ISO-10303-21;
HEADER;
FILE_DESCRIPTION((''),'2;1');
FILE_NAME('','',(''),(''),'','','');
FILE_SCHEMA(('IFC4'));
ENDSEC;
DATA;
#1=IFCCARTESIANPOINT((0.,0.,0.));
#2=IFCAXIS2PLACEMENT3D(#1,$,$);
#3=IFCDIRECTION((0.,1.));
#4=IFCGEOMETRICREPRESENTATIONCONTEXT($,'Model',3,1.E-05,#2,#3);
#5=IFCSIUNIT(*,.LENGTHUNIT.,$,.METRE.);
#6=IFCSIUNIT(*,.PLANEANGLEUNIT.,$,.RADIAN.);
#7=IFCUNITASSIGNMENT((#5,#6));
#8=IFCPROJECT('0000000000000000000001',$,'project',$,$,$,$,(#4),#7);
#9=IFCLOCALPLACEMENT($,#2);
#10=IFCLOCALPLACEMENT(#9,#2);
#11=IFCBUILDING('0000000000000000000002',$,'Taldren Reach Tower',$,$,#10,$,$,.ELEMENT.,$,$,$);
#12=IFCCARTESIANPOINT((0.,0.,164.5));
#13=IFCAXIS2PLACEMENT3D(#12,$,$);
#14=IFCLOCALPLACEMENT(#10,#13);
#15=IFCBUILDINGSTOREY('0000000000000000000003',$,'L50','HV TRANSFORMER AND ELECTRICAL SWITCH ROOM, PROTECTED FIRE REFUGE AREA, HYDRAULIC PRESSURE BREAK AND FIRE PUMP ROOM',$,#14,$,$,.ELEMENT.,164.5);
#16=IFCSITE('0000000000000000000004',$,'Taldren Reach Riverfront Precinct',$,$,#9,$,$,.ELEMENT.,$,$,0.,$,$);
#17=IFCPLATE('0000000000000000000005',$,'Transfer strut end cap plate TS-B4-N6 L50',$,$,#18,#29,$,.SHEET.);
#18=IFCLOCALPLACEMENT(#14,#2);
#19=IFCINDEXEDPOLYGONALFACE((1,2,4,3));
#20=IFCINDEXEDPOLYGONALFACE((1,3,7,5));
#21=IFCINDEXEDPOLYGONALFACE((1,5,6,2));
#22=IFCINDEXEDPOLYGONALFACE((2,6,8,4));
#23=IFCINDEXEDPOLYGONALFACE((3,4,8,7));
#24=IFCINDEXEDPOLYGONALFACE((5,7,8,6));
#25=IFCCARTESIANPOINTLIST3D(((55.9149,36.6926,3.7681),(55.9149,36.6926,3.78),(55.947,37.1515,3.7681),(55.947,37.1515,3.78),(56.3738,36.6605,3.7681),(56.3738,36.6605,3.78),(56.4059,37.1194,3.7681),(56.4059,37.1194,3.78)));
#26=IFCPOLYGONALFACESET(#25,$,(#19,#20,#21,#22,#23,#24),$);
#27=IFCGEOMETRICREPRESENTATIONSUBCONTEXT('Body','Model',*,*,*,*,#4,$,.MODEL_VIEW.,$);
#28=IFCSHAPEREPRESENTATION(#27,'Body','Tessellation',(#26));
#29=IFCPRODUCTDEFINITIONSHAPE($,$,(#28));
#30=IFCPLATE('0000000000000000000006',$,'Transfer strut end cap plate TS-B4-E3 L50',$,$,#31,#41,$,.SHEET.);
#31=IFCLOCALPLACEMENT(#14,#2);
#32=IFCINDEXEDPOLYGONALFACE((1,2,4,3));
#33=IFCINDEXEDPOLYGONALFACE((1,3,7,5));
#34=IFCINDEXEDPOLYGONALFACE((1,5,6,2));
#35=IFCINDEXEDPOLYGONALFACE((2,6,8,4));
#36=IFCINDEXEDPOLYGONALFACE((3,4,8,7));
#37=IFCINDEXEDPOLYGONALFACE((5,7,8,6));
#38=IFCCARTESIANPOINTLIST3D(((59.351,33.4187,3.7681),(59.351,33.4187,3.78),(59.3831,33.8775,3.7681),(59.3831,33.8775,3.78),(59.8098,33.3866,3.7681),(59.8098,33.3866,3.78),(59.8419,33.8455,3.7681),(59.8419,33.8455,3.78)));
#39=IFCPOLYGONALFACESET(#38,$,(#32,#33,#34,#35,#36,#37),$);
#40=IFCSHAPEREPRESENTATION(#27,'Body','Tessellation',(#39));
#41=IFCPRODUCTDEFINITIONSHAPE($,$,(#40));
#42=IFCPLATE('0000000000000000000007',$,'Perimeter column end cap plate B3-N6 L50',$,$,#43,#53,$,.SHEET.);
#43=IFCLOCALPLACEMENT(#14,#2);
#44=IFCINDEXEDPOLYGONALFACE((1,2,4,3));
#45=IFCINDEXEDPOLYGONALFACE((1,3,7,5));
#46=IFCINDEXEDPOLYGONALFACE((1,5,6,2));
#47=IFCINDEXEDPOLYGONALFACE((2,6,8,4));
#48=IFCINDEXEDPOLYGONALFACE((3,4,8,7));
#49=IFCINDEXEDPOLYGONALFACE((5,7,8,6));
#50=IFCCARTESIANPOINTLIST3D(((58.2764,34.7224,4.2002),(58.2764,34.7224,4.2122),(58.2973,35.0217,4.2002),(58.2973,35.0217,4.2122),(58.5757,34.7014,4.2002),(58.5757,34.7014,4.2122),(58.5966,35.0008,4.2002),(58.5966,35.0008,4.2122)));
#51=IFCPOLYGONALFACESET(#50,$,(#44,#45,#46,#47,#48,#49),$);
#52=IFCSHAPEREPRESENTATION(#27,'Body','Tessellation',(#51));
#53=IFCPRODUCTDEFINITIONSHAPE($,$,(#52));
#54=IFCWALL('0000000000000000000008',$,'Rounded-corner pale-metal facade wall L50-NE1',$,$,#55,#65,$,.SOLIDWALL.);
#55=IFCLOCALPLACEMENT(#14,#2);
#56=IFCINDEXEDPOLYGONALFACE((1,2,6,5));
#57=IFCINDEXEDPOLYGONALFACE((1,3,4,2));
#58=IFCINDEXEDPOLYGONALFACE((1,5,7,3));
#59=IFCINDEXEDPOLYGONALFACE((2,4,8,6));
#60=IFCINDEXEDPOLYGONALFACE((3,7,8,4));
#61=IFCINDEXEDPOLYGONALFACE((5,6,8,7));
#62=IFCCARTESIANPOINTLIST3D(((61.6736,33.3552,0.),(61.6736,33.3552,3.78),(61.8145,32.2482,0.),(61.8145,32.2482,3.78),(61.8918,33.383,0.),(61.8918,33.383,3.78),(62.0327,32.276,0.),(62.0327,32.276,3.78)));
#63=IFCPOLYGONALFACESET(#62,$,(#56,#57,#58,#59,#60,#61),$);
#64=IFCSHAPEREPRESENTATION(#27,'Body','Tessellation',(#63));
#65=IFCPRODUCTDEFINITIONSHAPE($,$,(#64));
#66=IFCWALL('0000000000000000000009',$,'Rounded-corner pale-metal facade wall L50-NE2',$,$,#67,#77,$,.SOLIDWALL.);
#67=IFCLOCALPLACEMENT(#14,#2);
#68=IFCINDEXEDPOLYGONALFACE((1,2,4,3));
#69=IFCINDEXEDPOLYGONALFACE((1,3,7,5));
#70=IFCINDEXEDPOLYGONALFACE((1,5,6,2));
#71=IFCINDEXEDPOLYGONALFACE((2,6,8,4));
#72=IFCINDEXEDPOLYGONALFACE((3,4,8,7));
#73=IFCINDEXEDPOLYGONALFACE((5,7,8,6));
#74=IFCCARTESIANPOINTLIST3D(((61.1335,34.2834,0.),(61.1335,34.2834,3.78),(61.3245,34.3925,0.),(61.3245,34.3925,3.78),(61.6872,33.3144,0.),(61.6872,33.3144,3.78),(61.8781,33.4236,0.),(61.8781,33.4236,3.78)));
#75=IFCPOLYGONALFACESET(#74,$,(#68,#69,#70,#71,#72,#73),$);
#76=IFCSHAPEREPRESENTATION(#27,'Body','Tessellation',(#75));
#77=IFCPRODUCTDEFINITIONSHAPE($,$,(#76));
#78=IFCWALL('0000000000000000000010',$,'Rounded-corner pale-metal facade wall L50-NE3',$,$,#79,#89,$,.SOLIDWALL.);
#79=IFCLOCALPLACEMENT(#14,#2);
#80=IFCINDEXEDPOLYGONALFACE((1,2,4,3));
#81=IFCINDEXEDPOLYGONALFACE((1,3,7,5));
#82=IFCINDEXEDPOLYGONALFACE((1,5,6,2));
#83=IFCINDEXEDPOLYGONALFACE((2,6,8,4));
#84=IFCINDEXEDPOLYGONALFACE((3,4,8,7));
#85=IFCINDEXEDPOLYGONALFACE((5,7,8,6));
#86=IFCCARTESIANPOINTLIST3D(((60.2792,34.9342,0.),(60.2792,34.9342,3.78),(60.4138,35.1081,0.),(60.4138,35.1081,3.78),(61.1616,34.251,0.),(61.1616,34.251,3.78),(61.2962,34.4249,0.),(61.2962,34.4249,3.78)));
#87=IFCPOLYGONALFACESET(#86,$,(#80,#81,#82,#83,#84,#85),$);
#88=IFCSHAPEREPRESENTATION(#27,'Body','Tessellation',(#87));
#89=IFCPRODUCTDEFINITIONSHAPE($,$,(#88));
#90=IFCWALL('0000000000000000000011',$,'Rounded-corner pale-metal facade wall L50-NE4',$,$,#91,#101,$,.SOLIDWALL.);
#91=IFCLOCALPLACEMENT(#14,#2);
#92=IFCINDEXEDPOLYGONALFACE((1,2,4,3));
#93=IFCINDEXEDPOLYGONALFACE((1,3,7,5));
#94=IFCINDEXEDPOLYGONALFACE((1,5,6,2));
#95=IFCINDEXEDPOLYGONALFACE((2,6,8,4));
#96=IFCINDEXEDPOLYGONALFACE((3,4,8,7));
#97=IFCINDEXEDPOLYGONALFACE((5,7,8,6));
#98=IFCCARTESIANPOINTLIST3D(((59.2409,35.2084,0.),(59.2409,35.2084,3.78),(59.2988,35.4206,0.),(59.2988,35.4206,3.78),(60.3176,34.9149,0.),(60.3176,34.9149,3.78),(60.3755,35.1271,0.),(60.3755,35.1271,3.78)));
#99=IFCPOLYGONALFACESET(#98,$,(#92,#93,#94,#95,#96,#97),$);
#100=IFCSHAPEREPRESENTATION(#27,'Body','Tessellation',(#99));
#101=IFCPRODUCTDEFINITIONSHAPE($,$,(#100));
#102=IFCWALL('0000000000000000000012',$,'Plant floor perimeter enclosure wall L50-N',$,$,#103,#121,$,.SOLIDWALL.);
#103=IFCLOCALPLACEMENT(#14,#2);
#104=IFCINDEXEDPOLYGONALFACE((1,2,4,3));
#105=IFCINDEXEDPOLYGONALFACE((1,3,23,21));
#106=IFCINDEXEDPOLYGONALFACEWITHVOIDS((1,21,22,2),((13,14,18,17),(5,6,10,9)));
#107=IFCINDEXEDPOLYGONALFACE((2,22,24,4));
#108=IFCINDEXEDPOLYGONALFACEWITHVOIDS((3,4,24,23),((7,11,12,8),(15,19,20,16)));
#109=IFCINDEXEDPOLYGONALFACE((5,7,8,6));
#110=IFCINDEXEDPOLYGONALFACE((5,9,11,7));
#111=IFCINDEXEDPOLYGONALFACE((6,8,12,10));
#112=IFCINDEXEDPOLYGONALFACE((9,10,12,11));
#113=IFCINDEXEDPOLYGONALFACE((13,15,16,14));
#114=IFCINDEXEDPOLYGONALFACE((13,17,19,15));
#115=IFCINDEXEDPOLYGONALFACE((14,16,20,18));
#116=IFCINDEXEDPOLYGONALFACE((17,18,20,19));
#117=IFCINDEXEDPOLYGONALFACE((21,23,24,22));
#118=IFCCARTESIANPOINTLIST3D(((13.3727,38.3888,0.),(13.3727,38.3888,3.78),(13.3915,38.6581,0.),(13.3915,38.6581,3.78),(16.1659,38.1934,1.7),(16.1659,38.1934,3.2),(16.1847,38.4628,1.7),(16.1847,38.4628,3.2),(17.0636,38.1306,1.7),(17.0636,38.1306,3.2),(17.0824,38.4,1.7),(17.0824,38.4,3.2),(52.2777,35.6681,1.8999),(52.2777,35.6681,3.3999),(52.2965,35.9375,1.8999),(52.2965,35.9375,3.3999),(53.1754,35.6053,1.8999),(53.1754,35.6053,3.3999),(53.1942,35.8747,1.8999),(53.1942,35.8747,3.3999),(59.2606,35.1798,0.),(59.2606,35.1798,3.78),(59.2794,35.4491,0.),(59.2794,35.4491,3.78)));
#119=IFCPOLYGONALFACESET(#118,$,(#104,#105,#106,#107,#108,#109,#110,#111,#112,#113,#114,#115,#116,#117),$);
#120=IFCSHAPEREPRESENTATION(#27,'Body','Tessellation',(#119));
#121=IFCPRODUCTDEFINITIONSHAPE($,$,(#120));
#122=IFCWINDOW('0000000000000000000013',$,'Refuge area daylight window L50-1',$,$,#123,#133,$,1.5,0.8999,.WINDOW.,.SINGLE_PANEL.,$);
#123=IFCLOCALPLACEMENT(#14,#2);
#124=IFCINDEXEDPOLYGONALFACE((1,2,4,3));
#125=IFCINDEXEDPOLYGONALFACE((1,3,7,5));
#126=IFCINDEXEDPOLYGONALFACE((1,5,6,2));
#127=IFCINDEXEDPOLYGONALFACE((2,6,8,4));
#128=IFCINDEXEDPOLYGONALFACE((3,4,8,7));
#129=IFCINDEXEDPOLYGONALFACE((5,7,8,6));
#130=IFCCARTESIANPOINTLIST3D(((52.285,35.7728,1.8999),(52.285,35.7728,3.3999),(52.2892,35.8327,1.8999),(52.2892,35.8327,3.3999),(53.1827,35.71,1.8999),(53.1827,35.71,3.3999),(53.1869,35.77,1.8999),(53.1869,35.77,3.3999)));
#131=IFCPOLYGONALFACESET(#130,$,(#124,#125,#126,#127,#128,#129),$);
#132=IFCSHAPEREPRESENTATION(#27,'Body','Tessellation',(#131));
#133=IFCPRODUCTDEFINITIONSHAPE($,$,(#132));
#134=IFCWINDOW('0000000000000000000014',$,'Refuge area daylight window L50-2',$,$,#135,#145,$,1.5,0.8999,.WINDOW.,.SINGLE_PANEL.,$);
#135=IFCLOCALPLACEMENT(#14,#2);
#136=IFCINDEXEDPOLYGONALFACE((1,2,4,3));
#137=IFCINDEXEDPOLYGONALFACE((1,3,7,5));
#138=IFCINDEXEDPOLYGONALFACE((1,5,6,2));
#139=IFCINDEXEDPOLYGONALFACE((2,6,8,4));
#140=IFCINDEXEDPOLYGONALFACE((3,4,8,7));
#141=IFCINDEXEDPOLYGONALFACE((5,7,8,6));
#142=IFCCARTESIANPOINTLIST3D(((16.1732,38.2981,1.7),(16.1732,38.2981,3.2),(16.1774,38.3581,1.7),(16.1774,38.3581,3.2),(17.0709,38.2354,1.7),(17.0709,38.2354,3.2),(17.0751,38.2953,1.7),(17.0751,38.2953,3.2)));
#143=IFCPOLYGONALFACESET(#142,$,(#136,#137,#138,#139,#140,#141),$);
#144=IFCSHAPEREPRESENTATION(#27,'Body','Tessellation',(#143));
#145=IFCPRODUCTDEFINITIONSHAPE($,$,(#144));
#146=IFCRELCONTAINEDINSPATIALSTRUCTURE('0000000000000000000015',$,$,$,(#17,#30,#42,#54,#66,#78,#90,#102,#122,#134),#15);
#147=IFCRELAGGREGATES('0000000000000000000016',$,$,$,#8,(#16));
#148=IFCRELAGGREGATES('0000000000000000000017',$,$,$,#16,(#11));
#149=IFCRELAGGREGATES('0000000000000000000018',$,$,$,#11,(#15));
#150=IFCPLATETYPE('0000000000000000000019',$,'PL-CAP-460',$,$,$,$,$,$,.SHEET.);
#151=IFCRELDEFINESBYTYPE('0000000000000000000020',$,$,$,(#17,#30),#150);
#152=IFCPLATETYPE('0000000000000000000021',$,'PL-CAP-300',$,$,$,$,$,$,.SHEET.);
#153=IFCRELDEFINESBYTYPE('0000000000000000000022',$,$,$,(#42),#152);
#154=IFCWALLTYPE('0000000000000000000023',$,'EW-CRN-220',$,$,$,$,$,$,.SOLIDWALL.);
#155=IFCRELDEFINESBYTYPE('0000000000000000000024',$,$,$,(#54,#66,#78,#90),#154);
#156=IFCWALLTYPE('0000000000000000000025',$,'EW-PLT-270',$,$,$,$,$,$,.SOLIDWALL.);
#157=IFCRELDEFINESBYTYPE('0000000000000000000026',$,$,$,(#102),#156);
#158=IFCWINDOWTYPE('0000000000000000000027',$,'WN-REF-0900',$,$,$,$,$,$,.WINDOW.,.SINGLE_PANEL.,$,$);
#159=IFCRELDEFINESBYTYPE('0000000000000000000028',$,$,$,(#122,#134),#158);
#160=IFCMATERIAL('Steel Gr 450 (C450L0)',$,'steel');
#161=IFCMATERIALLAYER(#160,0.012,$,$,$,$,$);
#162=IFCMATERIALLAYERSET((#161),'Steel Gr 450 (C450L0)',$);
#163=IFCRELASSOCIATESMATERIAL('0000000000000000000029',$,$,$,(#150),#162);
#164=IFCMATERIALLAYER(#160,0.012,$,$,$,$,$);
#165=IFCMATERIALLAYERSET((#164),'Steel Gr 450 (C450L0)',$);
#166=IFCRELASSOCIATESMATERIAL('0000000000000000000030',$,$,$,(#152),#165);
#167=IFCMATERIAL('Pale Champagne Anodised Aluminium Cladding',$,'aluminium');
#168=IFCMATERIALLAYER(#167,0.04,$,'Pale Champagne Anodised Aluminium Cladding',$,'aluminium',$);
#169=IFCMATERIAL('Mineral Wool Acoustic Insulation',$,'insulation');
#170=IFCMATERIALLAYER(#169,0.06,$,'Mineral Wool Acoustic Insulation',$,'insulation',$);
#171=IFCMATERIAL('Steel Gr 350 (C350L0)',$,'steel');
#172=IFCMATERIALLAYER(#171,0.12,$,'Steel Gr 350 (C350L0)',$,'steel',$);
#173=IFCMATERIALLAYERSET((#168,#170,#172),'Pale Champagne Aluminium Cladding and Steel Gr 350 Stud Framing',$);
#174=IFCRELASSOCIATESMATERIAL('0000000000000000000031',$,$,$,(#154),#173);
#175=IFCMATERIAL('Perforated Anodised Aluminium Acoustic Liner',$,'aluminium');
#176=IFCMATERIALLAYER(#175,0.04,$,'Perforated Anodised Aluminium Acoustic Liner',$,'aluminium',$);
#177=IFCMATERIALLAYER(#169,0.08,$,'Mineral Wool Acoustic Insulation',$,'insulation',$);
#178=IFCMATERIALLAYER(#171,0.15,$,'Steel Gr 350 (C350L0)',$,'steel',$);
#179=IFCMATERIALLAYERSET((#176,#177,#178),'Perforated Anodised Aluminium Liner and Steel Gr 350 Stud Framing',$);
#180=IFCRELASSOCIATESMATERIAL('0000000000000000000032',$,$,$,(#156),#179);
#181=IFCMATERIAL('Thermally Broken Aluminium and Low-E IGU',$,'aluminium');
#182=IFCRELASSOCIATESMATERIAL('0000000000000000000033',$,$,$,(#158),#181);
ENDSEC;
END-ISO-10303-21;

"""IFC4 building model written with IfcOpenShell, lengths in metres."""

from ifc_helpers import new_model, si_unit, direction, frame, frame_2d, origin, origin_2d, place, context, subcontext, project, spatial, rectangle, extrude, source, transform, mapped, material, layer, layer_set, type_object, element, fill, save


model = new_model("IFC4")

# Units and contexts
model_context = context("Model", 3, precision=1e-05, world=origin(), true_north=direction((0.0, 1.0)))
body_context = subcontext(model_context, "Body", "Model", "MODEL_VIEW")
ifc_project = project(units=[si_unit("LENGTHUNIT", "METRE"), si_unit("PLANEANGLEUNIT", "RADIAN")], contexts=[model_context])

# Site, building, storey
site_placement = place(None, origin())
site = spatial("IfcSite", under=ifc_project, at=site_placement, Name="Taldren Reach Riverfront Precinct", CompositionType="ELEMENT", RefElevation=0.0)
building_placement = place(site_placement, origin())
building = spatial("IfcBuilding", under=site, at=building_placement, Name="Taldren Reach Tower", CompositionType="ELEMENT")
storey_placement = place(building_placement, frame((0.0, 0.0, 164.5)))
storey = spatial("IfcBuildingStorey", under=building, at=storey_placement, Name="L50", Description="HV TRANSFORMER AND ELECTRICAL SWITCH ROOM, PROTECTED FIRE REFUGE AREA, HYDRAULIC PRESSURE BREAK AND FIRE PUMP ROOM", CompositionType="ELEMENT", Elevation=164.5)

# Shared definitions
ifc_material_1 = material(Name="Steel Gr 450 (C450L0)", Category="steel")

# Shared definitions
ifc_material_2 = material(Name="Steel Gr 350 (C350L0)", Category="steel")

# Plates
ifc_layer_1 = layer(ifc_material_1, 0.012)
ifc_layer_set_1 = layer_set([ifc_layer_1], Name="Steel Gr 450 (C450L0)")
plate_type_1 = type_object("IfcPlateType", Name="PL-CAP-460", PredefinedType="SHEET", material=ifc_layer_set_1)
shared_shape_1 = source(origin(), body_context, "Body", "SweptSolid", [
    extrude(rectangle(XDim=0.46, YDim=0.46, at=origin_2d()), origin(), (0.0, 0.0, 1.0), 0.012),
])
for number, where, z_axis, x_axis, name in (
    (1, (56.1604, 36.906, 3.7681), (0.0, 0.0, 1.0), (0.997564, -0.069756, 0.0), "Transfer strut end cap plate TS-B4-N6 L50"),
    (2, (59.5964, 33.6321, 3.7681), (0.0, 0.0, 1.0), (0.997564, -0.069756, 0.0), "Transfer strut end cap plate TS-B4-E3 L50"),
):
    element("IfcPlate", number, at=place(storey_placement, frame(where, z_axis=z_axis, x_axis=x_axis)), inside=storey, type_object=plate_type_1, Name=name, PredefinedType="SHEET", context=body_context, shape_type="MappedRepresentation", body=[
        mapped(shared_shape_1, transform((0.0, 0.0, 0.0), scale=1.0)),
    ])
ifc_layer_2 = layer(ifc_material_1, 0.012)
ifc_layer_set_2 = layer_set([ifc_layer_2], Name="Steel Gr 450 (C450L0)")
plate_type_2 = type_object("IfcPlateType", Name="PL-CAP-300", PredefinedType="SHEET", material=ifc_layer_set_2)
shared_shape_2 = source(origin(), body_context, "Body", "SweptSolid", [
    extrude(rectangle(XDim=0.3, YDim=0.3, at=origin_2d()), origin(), (0.0, 0.0, 1.0), 0.012),
])
plate_1_placement = place(storey_placement, frame((58.4365, 34.8616, 4.2002), z_axis=(0.0, 0.0, 1.0), x_axis=(0.997564, -0.069756, 0.0)))
element("IfcPlate", 3, at=plate_1_placement, inside=storey, type_object=plate_type_2, Name="Perimeter column end cap plate B3-N6 L50", PredefinedType="SHEET", context=body_context, shape_type="MappedRepresentation", body=[
    mapped(shared_shape_2, transform((0.0, 0.0, 0.0), scale=1.0)),
])

# Walls
ifc_material_3 = material(Name="Pale Champagne Anodised Aluminium Cladding", Category="aluminium")
ifc_layer_3 = layer(ifc_material_3, 0.04, Name="Pale Champagne Anodised Aluminium Cladding", Category="aluminium")
ifc_material_4 = material(Name="Mineral Wool Acoustic Insulation", Category="insulation")
ifc_layer_4 = layer(ifc_material_4, 0.06, Name="Mineral Wool Acoustic Insulation", Category="insulation")
ifc_layer_5 = layer(ifc_material_2, 0.12, Name="Steel Gr 350 (C350L0)", Category="steel")
ifc_layer_set_3 = layer_set([ifc_layer_3, ifc_layer_4, ifc_layer_5], Name="Pale Champagne Aluminium Cladding and Steel Gr 350 Stud Framing")
wall_type_1 = type_object("IfcWallType", Name="EW-CRN-220", PredefinedType="SOLIDWALL", material=ifc_layer_set_3)
shared_shape_3 = source(origin(), body_context, "Body", "SweptSolid", [
    extrude(rectangle(XDim=1.116, YDim=0.22, at=frame_2d((0.5581, 0.0))), origin(), (0.0, 0.0, 1.0), 3.78),
])
for number, where, z_axis, x_axis, name in (
    (4, (61.9236, 32.262, 0.0), (0.0, 0.0, 1.0), (-0.126243, 0.991999, 0.0), "Rounded-corner pale-metal facade wall L50-NE1"),
    (5, (61.7827, 33.3689, 0.0), (0.0, 0.0, 1.0), (-0.496139, 0.868243, 0.0), "Rounded-corner pale-metal facade wall L50-NE2"),
    (6, (61.229, 34.3379, 0.0), (0.0, 0.0, 1.0), (-0.790717, 0.612182, 0.0), "Rounded-corner pale-metal facade wall L50-NE3"),
    (7, (60.3467, 35.021, 0.0), (0.0, 0.0, 1.0), (-0.964804, 0.262969, 0.0), "Rounded-corner pale-metal facade wall L50-NE4"),
):
    element("IfcWall", number, at=place(storey_placement, frame(where, z_axis=z_axis, x_axis=x_axis)), inside=storey, type_object=wall_type_1, Name=name, PredefinedType="SOLIDWALL", context=body_context, shape_type="MappedRepresentation", body=[
        mapped(shared_shape_3, transform((0.0, 0.0, 0.0), scale=1.0)),
    ])

# Wall, openings, windows
ifc_material_5 = material(Name="Perforated Anodised Aluminium Acoustic Liner", Category="aluminium")
ifc_layer_6 = layer(ifc_material_5, 0.04, Name="Perforated Anodised Aluminium Acoustic Liner", Category="aluminium")
ifc_layer_7 = layer(ifc_material_4, 0.08, Name="Mineral Wool Acoustic Insulation", Category="insulation")
ifc_layer_8 = layer(ifc_material_2, 0.15, Name="Steel Gr 350 (C350L0)", Category="steel")
ifc_layer_set_4 = layer_set([ifc_layer_6, ifc_layer_7, ifc_layer_8], Name="Perforated Anodised Aluminium Liner and Steel Gr 350 Stud Framing")
wall_type_2 = type_object("IfcWallType", Name="EW-PLT-270", PredefinedType="SOLIDWALL", material=ifc_layer_set_4)
shared_shape_4 = source(origin(), body_context, "Body", "SweptSolid", [
    extrude(rectangle(XDim=46.0, YDim=0.27, at=frame_2d((23.0, 0.0))), origin(), (0.0, 0.0, 1.0), 3.78),
])
wall_1_placement = place(storey_placement, frame((59.27, 35.3145, 0.0), z_axis=(0.0, 0.0, 1.0), x_axis=(-0.997564, 0.069761, 0.0)))
wall_1 = element("IfcWall", 8, at=wall_1_placement, inside=storey, type_object=wall_type_2, Name="Plant floor perimeter enclosure wall L50-N", PredefinedType="SOLIDWALL", context=body_context, shape_type="MappedRepresentation", body=[
    mapped(shared_shape_4, transform((0.0, 0.0, 0.0), scale=1.0)),
])
shared_shape_5 = source(origin(), body_context, "Body", "SweptSolid", [
    extrude(rectangle(XDim=0.8999, YDim=1.5, at=frame_2d((0.45, 0.75))), frame((0.0, 0.145, 0.0), z_axis=(0.0, -1.0, 0.0), x_axis=(1.0, 0.0, 0.0)), (0.0, 0.0, 1.0), 0.29),
])
opening_1_placement = place(wall_1_placement, frame((6.1001, 0.0, 1.8999)))
opening_1 = element("IfcOpeningElement", 9, at=opening_1_placement, cuts=wall_1, PredefinedType="OPENING", context=body_context, shape_type="MappedRepresentation", body=[
    mapped(shared_shape_5, transform((0.0, 0.0, 0.0), scale=1.0)),
])
opening_2_placement = place(wall_1_placement, frame((42.3, 0.0, 1.7)))
opening_2 = element("IfcOpeningElement", 10, at=opening_2_placement, cuts=wall_1, PredefinedType="OPENING", context=body_context, shape_type="MappedRepresentation", body=[
    mapped(shared_shape_5, transform((0.0, 0.0, 0.0), scale=1.0)),
])
ifc_material_6 = material(Name="Thermally Broken Aluminium and Low-E IGU", Category="aluminium")
window_type = type_object("IfcWindowType", Name="WN-REF-0900", PartitioningType="SINGLE_PANEL", PredefinedType="WINDOW", material=ifc_material_6)
shared_shape_6 = source(origin(), body_context, "Body", "SweptSolid", [
    extrude(rectangle(XDim=0.8999, YDim=1.5, at=frame_2d((0.45, 0.75))), frame((0.0, 0.03, 0.0), z_axis=(0.0, -1.0, 0.0), x_axis=(1.0, 0.0, 0.0)), (0.0, 0.0, 1.0), 0.0601),
])
window_1_placement = place(opening_1_placement, origin())
window_1 = element("IfcWindow", 11, at=window_1_placement, inside=storey, type_object=window_type, Name="Refuge area daylight window L50-1", OverallHeight=1.5, OverallWidth=0.8999, PartitioningType="SINGLE_PANEL", PredefinedType="WINDOW", context=body_context, shape_type="MappedRepresentation", body=[
    mapped(shared_shape_6, transform((0.0, 0.0, 0.0), scale=1.0)),
])
fill(opening_1, window_1)
window_2_placement = place(opening_2_placement, origin())
window_2 = element("IfcWindow", 12, at=window_2_placement, inside=storey, type_object=window_type, Name="Refuge area daylight window L50-2", OverallHeight=1.5, OverallWidth=0.8999, PartitioningType="SINGLE_PANEL", PredefinedType="WINDOW", context=body_context, shape_type="MappedRepresentation", body=[
    mapped(shared_shape_6, transform((0.0, 0.0, 0.0), scale=1.0)),
])
fill(opening_2, window_2)

save(model, "model.ifc")
